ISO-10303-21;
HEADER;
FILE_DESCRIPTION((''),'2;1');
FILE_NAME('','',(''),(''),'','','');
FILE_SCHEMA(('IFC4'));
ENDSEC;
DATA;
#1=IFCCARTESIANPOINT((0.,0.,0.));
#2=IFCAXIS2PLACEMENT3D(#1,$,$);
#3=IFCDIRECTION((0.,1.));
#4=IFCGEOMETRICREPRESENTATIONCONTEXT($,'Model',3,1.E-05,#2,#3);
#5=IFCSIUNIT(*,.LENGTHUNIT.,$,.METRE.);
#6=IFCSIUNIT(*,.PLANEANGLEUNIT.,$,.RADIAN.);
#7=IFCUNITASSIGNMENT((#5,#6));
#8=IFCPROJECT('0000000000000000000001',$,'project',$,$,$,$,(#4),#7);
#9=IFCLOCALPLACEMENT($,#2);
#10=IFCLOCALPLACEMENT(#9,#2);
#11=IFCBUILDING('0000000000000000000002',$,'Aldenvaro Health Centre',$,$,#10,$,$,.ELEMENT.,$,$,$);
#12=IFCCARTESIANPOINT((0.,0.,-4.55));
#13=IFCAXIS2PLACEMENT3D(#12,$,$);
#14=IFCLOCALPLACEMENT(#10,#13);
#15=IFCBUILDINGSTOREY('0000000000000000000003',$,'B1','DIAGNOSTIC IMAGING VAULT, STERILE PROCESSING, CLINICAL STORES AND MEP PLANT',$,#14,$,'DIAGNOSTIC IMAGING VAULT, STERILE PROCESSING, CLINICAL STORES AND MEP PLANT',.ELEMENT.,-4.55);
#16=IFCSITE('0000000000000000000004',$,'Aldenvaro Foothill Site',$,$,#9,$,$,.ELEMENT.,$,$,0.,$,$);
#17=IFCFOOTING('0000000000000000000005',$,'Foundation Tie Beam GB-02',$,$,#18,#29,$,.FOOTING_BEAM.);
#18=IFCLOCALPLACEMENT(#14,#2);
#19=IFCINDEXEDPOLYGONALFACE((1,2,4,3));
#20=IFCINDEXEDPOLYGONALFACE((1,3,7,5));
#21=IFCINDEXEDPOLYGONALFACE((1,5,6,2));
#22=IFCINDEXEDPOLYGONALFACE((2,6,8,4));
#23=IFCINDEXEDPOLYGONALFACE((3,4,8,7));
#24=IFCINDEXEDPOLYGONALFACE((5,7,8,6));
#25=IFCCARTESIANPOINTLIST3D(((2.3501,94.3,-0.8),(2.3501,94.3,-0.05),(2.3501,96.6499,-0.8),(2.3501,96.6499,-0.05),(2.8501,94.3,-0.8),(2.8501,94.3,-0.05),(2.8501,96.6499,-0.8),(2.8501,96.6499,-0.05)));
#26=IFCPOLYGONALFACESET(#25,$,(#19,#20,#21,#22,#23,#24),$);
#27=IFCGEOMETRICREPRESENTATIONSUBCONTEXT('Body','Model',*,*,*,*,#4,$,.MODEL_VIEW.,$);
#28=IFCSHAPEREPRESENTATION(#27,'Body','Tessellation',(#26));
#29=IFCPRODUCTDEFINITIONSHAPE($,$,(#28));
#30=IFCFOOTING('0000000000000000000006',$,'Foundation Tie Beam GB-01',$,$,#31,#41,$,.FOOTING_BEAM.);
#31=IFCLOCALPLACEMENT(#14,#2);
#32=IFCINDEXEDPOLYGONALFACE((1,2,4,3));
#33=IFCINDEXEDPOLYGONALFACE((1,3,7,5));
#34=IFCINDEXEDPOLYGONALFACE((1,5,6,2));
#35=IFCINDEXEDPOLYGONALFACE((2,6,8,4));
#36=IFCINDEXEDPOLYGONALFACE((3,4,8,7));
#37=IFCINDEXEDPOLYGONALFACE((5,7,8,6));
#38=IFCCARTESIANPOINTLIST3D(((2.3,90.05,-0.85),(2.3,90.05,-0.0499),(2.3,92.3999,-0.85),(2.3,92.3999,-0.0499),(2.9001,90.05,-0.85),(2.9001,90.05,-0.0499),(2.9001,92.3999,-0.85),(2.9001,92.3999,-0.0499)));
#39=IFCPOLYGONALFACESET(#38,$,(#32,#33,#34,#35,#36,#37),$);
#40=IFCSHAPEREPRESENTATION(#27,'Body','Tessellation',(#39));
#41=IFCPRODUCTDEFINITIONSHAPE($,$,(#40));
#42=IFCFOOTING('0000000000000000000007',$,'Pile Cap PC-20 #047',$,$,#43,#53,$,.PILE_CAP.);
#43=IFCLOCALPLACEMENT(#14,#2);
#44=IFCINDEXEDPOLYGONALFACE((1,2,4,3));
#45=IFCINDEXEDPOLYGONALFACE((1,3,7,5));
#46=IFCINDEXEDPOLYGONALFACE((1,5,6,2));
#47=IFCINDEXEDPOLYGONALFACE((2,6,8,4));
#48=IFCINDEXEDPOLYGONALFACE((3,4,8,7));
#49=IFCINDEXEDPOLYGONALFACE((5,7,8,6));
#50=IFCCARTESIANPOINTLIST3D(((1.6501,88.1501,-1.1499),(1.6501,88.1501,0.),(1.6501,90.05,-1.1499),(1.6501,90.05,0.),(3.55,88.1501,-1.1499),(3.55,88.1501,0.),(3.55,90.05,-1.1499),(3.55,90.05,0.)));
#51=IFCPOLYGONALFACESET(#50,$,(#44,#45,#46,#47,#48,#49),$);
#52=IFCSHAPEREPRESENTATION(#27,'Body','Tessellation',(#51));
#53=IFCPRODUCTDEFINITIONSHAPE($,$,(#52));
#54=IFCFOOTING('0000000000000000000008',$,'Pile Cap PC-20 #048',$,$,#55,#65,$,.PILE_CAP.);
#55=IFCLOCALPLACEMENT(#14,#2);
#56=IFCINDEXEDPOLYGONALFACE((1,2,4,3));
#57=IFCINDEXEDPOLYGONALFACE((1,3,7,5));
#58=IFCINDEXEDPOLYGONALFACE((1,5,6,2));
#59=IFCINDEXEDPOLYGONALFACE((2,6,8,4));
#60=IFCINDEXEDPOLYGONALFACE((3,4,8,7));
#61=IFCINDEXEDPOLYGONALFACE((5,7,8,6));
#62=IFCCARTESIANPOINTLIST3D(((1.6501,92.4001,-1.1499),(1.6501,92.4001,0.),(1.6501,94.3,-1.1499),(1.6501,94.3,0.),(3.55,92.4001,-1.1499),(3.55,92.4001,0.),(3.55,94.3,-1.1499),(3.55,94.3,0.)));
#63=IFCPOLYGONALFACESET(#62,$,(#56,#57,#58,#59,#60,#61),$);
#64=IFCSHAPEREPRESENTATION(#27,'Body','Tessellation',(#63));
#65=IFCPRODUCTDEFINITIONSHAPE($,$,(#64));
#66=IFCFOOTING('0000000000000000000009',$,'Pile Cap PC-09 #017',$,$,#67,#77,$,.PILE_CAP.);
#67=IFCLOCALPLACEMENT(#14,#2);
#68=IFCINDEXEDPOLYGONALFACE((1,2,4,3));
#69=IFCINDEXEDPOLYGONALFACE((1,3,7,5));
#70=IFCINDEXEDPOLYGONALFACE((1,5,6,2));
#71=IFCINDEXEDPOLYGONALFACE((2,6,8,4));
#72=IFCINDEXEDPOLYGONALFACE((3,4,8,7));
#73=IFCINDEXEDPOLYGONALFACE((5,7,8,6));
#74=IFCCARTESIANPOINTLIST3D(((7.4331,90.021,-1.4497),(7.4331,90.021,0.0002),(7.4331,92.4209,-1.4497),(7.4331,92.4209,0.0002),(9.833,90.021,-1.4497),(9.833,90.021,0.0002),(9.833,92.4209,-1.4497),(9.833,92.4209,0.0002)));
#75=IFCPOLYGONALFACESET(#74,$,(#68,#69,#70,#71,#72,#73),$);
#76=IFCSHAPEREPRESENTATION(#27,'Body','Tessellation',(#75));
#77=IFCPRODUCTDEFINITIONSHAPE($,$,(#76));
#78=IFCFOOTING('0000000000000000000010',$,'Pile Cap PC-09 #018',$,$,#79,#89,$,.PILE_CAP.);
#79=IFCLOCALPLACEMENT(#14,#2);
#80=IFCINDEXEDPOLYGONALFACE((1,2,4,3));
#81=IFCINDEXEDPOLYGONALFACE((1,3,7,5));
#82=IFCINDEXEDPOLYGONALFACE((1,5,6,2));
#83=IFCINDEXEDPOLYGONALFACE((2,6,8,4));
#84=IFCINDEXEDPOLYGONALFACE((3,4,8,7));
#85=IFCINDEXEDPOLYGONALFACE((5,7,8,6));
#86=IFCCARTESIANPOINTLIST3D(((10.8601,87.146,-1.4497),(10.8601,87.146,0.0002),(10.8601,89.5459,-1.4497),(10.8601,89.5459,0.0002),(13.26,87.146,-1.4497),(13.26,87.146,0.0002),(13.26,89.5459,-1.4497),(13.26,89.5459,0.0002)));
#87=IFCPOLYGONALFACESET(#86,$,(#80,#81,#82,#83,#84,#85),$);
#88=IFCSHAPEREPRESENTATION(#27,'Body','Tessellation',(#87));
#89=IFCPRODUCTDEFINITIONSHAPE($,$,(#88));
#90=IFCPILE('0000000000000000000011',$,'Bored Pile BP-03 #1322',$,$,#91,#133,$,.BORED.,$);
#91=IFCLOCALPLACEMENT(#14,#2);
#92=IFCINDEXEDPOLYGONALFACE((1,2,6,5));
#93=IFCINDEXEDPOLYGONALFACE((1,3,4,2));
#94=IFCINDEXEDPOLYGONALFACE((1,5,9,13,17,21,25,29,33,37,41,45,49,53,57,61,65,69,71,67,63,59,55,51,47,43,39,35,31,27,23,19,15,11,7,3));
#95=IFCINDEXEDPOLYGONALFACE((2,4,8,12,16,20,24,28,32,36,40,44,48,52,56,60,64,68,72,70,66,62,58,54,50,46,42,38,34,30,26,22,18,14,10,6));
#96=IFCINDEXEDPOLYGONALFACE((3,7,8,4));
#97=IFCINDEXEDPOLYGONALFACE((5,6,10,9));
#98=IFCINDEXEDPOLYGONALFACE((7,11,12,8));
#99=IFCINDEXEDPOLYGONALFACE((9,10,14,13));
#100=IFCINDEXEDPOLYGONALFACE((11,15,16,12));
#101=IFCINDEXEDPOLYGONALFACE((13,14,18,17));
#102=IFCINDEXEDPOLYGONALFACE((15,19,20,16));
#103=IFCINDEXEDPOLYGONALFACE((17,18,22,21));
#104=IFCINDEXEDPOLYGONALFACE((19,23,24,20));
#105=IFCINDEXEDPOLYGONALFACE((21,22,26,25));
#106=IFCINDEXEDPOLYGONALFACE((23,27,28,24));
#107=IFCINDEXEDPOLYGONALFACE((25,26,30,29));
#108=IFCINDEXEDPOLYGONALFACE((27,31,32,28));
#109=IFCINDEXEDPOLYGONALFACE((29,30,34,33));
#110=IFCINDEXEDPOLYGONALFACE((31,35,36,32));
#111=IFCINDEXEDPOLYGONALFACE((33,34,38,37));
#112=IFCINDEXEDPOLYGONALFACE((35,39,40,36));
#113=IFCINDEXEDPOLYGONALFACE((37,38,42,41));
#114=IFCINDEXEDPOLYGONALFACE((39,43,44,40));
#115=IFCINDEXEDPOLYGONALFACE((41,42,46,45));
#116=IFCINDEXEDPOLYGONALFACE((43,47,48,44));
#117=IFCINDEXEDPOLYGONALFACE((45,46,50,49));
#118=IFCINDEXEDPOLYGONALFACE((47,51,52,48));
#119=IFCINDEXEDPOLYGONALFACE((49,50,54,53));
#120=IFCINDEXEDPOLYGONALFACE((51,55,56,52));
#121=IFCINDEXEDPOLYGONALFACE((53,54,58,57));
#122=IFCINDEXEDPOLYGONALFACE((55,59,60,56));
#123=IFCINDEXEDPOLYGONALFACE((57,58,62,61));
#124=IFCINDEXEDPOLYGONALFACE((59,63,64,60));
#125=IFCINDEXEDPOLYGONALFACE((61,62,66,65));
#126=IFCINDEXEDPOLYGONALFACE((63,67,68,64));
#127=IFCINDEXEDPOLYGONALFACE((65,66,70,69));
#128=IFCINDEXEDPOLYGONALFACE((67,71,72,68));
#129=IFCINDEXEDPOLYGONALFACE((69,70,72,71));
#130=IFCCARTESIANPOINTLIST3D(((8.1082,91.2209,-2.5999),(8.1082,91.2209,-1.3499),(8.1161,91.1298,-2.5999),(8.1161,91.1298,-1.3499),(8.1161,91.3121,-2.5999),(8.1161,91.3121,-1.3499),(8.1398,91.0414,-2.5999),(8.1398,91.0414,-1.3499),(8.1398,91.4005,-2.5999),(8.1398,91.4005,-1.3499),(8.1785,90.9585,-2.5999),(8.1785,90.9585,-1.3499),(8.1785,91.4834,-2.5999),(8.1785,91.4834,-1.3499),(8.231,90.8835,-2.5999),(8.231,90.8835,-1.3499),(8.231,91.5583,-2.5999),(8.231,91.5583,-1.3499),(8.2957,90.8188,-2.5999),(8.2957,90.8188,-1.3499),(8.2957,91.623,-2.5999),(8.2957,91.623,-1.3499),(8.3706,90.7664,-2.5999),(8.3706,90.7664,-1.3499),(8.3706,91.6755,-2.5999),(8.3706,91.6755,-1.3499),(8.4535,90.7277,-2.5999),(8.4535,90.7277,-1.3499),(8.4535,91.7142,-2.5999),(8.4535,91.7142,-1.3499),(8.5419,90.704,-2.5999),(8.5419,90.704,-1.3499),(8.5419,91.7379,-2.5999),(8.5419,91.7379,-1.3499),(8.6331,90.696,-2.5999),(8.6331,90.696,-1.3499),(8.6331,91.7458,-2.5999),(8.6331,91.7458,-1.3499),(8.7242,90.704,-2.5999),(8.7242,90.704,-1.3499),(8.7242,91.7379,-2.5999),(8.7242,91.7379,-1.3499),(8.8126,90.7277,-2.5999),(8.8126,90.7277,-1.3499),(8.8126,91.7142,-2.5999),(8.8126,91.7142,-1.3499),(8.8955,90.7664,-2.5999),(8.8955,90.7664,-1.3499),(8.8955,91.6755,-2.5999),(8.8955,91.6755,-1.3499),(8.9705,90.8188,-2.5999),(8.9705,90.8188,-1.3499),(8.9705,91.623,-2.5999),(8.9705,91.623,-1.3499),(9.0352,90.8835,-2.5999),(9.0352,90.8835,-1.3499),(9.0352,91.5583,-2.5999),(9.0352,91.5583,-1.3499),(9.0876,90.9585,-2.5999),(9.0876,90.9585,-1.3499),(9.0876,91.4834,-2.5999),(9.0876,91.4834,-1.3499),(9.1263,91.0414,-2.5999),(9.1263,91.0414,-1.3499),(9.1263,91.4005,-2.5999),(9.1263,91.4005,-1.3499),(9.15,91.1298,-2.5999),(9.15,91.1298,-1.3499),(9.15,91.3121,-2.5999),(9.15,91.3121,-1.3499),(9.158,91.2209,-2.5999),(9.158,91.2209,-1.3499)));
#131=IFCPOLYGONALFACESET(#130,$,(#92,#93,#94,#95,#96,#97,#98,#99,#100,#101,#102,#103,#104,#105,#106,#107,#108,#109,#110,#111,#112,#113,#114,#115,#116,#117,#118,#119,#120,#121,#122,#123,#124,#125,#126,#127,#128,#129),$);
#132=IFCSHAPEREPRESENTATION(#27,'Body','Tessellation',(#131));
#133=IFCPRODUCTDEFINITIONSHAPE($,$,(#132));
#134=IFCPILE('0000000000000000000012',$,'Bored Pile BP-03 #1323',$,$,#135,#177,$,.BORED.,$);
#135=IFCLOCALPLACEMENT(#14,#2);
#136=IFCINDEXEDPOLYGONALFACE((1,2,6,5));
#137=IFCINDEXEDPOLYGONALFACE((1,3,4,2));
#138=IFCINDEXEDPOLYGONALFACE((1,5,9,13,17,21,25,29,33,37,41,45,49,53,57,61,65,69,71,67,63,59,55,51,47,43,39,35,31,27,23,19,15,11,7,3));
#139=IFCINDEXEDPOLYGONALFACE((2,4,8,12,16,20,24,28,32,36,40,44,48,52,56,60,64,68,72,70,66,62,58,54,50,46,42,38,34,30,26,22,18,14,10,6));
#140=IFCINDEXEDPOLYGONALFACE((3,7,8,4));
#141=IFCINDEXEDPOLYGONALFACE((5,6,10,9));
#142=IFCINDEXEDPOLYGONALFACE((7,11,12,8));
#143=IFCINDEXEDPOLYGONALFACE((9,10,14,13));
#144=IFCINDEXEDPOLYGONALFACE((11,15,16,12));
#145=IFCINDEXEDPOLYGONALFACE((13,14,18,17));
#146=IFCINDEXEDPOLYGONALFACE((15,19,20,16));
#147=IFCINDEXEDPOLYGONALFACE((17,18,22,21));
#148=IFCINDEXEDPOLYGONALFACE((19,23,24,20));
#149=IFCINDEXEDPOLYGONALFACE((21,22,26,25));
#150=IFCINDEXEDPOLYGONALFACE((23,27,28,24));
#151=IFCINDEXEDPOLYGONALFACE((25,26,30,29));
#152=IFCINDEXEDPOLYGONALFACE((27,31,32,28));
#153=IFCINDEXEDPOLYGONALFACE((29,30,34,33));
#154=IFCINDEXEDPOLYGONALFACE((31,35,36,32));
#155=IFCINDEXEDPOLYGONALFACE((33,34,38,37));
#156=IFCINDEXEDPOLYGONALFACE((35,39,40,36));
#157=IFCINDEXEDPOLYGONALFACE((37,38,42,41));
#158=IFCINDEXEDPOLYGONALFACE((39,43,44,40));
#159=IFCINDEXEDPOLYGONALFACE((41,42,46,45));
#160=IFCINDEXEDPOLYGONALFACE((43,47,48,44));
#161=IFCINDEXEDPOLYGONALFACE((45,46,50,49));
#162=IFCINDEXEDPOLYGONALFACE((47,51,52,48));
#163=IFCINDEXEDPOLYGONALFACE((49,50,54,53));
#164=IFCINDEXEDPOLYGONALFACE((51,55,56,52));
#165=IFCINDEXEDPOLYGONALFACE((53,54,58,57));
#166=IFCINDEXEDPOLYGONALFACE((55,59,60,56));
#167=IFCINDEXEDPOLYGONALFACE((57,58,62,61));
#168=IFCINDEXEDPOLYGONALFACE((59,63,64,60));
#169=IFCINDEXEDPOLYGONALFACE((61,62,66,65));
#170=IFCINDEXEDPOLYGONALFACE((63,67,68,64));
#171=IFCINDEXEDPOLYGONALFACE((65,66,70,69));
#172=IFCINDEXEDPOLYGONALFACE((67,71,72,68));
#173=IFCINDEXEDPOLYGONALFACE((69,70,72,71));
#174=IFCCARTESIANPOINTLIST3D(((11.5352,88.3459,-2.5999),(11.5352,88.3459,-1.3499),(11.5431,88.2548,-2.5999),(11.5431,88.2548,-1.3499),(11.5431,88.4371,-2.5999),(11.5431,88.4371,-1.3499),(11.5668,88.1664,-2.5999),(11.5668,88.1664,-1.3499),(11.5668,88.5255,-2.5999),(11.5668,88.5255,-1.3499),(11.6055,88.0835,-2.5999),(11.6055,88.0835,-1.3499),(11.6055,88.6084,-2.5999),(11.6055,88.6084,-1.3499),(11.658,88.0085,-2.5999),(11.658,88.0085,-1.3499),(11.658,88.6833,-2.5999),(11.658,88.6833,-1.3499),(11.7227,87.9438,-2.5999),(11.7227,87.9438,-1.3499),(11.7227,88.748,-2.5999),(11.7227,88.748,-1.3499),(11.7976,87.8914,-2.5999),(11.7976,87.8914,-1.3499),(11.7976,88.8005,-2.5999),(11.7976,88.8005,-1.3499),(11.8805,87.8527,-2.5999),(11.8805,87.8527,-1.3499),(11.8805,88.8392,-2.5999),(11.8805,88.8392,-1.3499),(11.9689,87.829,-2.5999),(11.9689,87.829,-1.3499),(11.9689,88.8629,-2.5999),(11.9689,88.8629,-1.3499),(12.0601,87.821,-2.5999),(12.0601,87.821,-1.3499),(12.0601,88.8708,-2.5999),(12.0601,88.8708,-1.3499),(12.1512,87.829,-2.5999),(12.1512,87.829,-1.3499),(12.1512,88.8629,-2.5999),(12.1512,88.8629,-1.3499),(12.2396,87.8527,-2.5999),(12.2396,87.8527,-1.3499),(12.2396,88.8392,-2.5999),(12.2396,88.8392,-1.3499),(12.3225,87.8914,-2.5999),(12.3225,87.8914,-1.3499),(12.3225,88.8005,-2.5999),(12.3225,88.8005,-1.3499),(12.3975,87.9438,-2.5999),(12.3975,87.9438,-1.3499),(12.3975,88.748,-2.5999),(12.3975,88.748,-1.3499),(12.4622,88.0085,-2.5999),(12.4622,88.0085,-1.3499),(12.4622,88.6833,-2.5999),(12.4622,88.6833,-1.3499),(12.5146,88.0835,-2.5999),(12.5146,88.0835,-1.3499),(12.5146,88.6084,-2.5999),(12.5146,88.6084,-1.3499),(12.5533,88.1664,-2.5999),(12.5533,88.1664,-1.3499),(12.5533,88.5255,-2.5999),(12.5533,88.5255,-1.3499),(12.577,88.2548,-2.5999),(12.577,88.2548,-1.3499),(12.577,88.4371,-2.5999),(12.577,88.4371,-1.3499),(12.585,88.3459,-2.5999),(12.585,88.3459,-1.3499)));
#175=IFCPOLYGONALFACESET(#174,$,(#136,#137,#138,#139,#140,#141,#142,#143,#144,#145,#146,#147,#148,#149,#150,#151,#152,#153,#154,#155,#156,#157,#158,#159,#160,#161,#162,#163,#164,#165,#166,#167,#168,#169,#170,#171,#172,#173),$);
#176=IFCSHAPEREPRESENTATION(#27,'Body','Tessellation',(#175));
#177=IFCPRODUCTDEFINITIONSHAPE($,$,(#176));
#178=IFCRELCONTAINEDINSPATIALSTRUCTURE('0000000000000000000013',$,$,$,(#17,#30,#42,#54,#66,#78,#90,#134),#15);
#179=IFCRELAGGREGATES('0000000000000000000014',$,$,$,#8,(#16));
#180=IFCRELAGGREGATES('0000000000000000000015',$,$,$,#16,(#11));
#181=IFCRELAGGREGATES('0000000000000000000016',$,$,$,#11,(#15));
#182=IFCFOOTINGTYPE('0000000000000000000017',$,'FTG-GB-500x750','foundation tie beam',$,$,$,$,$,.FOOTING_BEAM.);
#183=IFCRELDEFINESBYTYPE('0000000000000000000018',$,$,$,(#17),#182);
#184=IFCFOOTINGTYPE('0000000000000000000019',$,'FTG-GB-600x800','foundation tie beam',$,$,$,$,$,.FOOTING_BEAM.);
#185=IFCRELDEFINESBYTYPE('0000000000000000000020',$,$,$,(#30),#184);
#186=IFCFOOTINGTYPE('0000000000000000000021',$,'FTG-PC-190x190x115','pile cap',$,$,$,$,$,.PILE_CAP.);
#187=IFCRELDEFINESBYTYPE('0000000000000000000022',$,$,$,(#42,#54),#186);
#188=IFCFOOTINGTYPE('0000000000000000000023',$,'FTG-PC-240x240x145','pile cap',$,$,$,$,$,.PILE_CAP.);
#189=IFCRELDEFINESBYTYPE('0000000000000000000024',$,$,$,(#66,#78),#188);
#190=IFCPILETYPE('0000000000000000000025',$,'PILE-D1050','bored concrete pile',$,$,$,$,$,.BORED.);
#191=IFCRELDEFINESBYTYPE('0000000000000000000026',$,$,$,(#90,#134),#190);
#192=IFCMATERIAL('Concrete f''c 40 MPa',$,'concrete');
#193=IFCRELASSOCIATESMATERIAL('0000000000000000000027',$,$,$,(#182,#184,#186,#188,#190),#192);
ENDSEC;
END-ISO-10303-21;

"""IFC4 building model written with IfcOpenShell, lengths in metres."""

from ifc_helpers import new_model, si_unit, direction, frame, origin, origin_2d, place, context, subcontext, project, spatial, rectangle, circle, extrude, material, material_profile, profile_set, type_object, element, save


model = new_model("IFC4")

# Units and contexts
model_context = context("Model", 3, precision=1e-05, world=origin(), true_north=direction((0.0, 1.0)))
body_context = subcontext(model_context, "Body", "Model", "MODEL_VIEW")
ifc_project = project(units=[si_unit("LENGTHUNIT", "METRE"), si_unit("PLANEANGLEUNIT", "RADIAN")], contexts=[model_context])

# Site, building, storey
site_placement = place(None, origin())
site = spatial("IfcSite", under=ifc_project, at=site_placement, Name="Aldenvaro Foothill Site", CompositionType="ELEMENT", RefElevation=0.0)
building_placement = place(site_placement, origin())
building = spatial("IfcBuilding", under=site, at=building_placement, Name="Aldenvaro Health Centre", CompositionType="ELEMENT")
storey_placement = place(building_placement, frame((0.0, 0.0, -4.55)))
storey = spatial("IfcBuildingStorey", under=building, at=storey_placement, Name="B1", Description="DIAGNOSTIC IMAGING VAULT, STERILE PROCESSING, CLINICAL STORES AND MEP PLANT", LongName="DIAGNOSTIC IMAGING VAULT, STERILE PROCESSING, CLINICAL STORES AND MEP PLANT", CompositionType="ELEMENT", Elevation=-4.55)

# Footings
ifc_material_1 = material(Name="Concrete f'c 40 MPa", Category="concrete")
ifc_material_profile_1 = material_profile(ifc_material_1, rectangle(XDim=0.5, YDim=0.75, at=origin_2d()), Name="GB 500x750", Category="concrete")
ifc_profile_set_1 = profile_set([ifc_material_profile_1], Name="Concrete f'c 40 MPa")
footing_type_1 = type_object("IfcFootingType", Name="FTG-GB-500x750", Description="foundation tie beam", PredefinedType="FOOTING_BEAM", material=ifc_profile_set_1)
footing_1_placement = place(storey_placement, frame((2.6001, 94.3, -0.425), z_axis=(0.0, 1.0, 0.0), x_axis=(-1.0, 0.0, 0.0)))
element("IfcFooting", 1, at=footing_1_placement, inside=storey, type_object=footing_type_1, Name="Foundation Tie Beam GB-02", PredefinedType="FOOTING_BEAM", context=body_context, shape_type="SweptSolid", body=[
    extrude(rectangle(XDim=0.5, YDim=0.75, at=origin_2d()), origin(), (0.0, 0.0, 1.0), 2.3499),
])
ifc_material_profile_2 = material_profile(ifc_material_1, rectangle(XDim=0.6001, YDim=0.8, at=origin_2d()), Name="GB 600x800", Category="concrete")
ifc_profile_set_2 = profile_set([ifc_material_profile_2], Name="Concrete f'c 40 MPa")
footing_type_2 = type_object("IfcFootingType", Name="FTG-GB-600x800", Description="foundation tie beam", PredefinedType="FOOTING_BEAM", material=ifc_profile_set_2)
footing_2_placement = place(storey_placement, frame((2.6001, 90.05, -0.45), z_axis=(0.0, 1.0, 0.0), x_axis=(-1.0, 0.0, 0.0)))
element("IfcFooting", 2, at=footing_2_placement, inside=storey, type_object=footing_type_2, Name="Foundation Tie Beam GB-01", PredefinedType="FOOTING_BEAM", context=body_context, shape_type="SweptSolid", body=[
    extrude(rectangle(XDim=0.6001, YDim=0.8, at=origin_2d()), origin(), (0.0, 0.0, 1.0), 2.3499),
])
footing_type_3 = type_object("IfcFootingType", Name="FTG-PC-190x190x115", Description="pile cap", PredefinedType="PILE_CAP", material=ifc_material_1)
for number, where, z_axis, x_axis, name in (
    (3, (2.6001, 89.1001, -1.1499), (0.0, 0.0, 1.0), (1.0, 0.0, 0.0), "Pile Cap PC-20 #047"),
    (4, (2.6001, 93.3501, -1.1499), (0.0, 0.0, 1.0), (1.0, 0.0, 0.0), "Pile Cap PC-20 #048"),
):
    element("IfcFooting", number, at=place(storey_placement, frame(where, z_axis=z_axis, x_axis=x_axis)), inside=storey, type_object=footing_type_3, Name=name, PredefinedType="PILE_CAP", context=body_context, shape_type="SweptSolid", body=[
        extrude(rectangle(XDim=1.8999, YDim=1.8999, at=origin_2d()), origin(), (0.0, 0.0, 1.0), 1.1499),
    ])
footing_type_4 = type_object("IfcFootingType", Name="FTG-PC-240x240x145", Description="pile cap", PredefinedType="PILE_CAP", material=ifc_material_1)
for number, where, z_axis, x_axis, name in (
    (5, (8.6331, 91.2209, -1.4497), (0.0, 0.0, 1.0), (1.0, 0.0, 0.0), "Pile Cap PC-09 #017"),
    (6, (12.0601, 88.3459, -1.4497), (0.0, 0.0, 1.0), (1.0, 0.0, 0.0), "Pile Cap PC-09 #018"),
):
    element("IfcFooting", number, at=place(storey_placement, frame(where, z_axis=z_axis, x_axis=x_axis)), inside=storey, type_object=footing_type_4, Name=name, PredefinedType="PILE_CAP", context=body_context, shape_type="SweptSolid", body=[
        extrude(rectangle(XDim=2.3999, YDim=2.3999, at=origin_2d()), origin(), (0.0, 0.0, 1.0), 1.45),
    ])

# Piles
ifc_material_profile_3 = material_profile(ifc_material_1, circle(Radius=0.5249, at=origin_2d()), Name="PILE D1050", Category="concrete")
ifc_profile_set_3 = profile_set([ifc_material_profile_3], Name="Concrete f'c 40 MPa")
pile_type_1 = type_object("IfcPileType", Name="PILE-D1050", Description="bored concrete pile", PredefinedType="BORED", material=ifc_profile_set_3)
for number, where, z_axis, x_axis, name in (
    (7, (8.6331, 91.2209, -1.3499), (0.0, 0.0, -1.0), (1.0, 0.0, 0.0), "Bored Pile BP-03 #1322"),
    (8, (12.0601, 88.3459, -1.3499), (0.0, 0.0, -1.0), (1.0, 0.0, 0.0), "Bored Pile BP-03 #1323"),
):
    element("IfcPile", number, at=place(storey_placement, frame(where, z_axis=z_axis, x_axis=x_axis)), inside=storey, type_object=pile_type_1, Name=name, PredefinedType="BORED", context=body_context, shape_type="SweptSolid", body=[
        extrude(circle(Radius=0.5249, at=origin_2d()), origin(), (0.0, 0.0, 1.0), 1.25),
    ])

save(model, "model.ifc")
